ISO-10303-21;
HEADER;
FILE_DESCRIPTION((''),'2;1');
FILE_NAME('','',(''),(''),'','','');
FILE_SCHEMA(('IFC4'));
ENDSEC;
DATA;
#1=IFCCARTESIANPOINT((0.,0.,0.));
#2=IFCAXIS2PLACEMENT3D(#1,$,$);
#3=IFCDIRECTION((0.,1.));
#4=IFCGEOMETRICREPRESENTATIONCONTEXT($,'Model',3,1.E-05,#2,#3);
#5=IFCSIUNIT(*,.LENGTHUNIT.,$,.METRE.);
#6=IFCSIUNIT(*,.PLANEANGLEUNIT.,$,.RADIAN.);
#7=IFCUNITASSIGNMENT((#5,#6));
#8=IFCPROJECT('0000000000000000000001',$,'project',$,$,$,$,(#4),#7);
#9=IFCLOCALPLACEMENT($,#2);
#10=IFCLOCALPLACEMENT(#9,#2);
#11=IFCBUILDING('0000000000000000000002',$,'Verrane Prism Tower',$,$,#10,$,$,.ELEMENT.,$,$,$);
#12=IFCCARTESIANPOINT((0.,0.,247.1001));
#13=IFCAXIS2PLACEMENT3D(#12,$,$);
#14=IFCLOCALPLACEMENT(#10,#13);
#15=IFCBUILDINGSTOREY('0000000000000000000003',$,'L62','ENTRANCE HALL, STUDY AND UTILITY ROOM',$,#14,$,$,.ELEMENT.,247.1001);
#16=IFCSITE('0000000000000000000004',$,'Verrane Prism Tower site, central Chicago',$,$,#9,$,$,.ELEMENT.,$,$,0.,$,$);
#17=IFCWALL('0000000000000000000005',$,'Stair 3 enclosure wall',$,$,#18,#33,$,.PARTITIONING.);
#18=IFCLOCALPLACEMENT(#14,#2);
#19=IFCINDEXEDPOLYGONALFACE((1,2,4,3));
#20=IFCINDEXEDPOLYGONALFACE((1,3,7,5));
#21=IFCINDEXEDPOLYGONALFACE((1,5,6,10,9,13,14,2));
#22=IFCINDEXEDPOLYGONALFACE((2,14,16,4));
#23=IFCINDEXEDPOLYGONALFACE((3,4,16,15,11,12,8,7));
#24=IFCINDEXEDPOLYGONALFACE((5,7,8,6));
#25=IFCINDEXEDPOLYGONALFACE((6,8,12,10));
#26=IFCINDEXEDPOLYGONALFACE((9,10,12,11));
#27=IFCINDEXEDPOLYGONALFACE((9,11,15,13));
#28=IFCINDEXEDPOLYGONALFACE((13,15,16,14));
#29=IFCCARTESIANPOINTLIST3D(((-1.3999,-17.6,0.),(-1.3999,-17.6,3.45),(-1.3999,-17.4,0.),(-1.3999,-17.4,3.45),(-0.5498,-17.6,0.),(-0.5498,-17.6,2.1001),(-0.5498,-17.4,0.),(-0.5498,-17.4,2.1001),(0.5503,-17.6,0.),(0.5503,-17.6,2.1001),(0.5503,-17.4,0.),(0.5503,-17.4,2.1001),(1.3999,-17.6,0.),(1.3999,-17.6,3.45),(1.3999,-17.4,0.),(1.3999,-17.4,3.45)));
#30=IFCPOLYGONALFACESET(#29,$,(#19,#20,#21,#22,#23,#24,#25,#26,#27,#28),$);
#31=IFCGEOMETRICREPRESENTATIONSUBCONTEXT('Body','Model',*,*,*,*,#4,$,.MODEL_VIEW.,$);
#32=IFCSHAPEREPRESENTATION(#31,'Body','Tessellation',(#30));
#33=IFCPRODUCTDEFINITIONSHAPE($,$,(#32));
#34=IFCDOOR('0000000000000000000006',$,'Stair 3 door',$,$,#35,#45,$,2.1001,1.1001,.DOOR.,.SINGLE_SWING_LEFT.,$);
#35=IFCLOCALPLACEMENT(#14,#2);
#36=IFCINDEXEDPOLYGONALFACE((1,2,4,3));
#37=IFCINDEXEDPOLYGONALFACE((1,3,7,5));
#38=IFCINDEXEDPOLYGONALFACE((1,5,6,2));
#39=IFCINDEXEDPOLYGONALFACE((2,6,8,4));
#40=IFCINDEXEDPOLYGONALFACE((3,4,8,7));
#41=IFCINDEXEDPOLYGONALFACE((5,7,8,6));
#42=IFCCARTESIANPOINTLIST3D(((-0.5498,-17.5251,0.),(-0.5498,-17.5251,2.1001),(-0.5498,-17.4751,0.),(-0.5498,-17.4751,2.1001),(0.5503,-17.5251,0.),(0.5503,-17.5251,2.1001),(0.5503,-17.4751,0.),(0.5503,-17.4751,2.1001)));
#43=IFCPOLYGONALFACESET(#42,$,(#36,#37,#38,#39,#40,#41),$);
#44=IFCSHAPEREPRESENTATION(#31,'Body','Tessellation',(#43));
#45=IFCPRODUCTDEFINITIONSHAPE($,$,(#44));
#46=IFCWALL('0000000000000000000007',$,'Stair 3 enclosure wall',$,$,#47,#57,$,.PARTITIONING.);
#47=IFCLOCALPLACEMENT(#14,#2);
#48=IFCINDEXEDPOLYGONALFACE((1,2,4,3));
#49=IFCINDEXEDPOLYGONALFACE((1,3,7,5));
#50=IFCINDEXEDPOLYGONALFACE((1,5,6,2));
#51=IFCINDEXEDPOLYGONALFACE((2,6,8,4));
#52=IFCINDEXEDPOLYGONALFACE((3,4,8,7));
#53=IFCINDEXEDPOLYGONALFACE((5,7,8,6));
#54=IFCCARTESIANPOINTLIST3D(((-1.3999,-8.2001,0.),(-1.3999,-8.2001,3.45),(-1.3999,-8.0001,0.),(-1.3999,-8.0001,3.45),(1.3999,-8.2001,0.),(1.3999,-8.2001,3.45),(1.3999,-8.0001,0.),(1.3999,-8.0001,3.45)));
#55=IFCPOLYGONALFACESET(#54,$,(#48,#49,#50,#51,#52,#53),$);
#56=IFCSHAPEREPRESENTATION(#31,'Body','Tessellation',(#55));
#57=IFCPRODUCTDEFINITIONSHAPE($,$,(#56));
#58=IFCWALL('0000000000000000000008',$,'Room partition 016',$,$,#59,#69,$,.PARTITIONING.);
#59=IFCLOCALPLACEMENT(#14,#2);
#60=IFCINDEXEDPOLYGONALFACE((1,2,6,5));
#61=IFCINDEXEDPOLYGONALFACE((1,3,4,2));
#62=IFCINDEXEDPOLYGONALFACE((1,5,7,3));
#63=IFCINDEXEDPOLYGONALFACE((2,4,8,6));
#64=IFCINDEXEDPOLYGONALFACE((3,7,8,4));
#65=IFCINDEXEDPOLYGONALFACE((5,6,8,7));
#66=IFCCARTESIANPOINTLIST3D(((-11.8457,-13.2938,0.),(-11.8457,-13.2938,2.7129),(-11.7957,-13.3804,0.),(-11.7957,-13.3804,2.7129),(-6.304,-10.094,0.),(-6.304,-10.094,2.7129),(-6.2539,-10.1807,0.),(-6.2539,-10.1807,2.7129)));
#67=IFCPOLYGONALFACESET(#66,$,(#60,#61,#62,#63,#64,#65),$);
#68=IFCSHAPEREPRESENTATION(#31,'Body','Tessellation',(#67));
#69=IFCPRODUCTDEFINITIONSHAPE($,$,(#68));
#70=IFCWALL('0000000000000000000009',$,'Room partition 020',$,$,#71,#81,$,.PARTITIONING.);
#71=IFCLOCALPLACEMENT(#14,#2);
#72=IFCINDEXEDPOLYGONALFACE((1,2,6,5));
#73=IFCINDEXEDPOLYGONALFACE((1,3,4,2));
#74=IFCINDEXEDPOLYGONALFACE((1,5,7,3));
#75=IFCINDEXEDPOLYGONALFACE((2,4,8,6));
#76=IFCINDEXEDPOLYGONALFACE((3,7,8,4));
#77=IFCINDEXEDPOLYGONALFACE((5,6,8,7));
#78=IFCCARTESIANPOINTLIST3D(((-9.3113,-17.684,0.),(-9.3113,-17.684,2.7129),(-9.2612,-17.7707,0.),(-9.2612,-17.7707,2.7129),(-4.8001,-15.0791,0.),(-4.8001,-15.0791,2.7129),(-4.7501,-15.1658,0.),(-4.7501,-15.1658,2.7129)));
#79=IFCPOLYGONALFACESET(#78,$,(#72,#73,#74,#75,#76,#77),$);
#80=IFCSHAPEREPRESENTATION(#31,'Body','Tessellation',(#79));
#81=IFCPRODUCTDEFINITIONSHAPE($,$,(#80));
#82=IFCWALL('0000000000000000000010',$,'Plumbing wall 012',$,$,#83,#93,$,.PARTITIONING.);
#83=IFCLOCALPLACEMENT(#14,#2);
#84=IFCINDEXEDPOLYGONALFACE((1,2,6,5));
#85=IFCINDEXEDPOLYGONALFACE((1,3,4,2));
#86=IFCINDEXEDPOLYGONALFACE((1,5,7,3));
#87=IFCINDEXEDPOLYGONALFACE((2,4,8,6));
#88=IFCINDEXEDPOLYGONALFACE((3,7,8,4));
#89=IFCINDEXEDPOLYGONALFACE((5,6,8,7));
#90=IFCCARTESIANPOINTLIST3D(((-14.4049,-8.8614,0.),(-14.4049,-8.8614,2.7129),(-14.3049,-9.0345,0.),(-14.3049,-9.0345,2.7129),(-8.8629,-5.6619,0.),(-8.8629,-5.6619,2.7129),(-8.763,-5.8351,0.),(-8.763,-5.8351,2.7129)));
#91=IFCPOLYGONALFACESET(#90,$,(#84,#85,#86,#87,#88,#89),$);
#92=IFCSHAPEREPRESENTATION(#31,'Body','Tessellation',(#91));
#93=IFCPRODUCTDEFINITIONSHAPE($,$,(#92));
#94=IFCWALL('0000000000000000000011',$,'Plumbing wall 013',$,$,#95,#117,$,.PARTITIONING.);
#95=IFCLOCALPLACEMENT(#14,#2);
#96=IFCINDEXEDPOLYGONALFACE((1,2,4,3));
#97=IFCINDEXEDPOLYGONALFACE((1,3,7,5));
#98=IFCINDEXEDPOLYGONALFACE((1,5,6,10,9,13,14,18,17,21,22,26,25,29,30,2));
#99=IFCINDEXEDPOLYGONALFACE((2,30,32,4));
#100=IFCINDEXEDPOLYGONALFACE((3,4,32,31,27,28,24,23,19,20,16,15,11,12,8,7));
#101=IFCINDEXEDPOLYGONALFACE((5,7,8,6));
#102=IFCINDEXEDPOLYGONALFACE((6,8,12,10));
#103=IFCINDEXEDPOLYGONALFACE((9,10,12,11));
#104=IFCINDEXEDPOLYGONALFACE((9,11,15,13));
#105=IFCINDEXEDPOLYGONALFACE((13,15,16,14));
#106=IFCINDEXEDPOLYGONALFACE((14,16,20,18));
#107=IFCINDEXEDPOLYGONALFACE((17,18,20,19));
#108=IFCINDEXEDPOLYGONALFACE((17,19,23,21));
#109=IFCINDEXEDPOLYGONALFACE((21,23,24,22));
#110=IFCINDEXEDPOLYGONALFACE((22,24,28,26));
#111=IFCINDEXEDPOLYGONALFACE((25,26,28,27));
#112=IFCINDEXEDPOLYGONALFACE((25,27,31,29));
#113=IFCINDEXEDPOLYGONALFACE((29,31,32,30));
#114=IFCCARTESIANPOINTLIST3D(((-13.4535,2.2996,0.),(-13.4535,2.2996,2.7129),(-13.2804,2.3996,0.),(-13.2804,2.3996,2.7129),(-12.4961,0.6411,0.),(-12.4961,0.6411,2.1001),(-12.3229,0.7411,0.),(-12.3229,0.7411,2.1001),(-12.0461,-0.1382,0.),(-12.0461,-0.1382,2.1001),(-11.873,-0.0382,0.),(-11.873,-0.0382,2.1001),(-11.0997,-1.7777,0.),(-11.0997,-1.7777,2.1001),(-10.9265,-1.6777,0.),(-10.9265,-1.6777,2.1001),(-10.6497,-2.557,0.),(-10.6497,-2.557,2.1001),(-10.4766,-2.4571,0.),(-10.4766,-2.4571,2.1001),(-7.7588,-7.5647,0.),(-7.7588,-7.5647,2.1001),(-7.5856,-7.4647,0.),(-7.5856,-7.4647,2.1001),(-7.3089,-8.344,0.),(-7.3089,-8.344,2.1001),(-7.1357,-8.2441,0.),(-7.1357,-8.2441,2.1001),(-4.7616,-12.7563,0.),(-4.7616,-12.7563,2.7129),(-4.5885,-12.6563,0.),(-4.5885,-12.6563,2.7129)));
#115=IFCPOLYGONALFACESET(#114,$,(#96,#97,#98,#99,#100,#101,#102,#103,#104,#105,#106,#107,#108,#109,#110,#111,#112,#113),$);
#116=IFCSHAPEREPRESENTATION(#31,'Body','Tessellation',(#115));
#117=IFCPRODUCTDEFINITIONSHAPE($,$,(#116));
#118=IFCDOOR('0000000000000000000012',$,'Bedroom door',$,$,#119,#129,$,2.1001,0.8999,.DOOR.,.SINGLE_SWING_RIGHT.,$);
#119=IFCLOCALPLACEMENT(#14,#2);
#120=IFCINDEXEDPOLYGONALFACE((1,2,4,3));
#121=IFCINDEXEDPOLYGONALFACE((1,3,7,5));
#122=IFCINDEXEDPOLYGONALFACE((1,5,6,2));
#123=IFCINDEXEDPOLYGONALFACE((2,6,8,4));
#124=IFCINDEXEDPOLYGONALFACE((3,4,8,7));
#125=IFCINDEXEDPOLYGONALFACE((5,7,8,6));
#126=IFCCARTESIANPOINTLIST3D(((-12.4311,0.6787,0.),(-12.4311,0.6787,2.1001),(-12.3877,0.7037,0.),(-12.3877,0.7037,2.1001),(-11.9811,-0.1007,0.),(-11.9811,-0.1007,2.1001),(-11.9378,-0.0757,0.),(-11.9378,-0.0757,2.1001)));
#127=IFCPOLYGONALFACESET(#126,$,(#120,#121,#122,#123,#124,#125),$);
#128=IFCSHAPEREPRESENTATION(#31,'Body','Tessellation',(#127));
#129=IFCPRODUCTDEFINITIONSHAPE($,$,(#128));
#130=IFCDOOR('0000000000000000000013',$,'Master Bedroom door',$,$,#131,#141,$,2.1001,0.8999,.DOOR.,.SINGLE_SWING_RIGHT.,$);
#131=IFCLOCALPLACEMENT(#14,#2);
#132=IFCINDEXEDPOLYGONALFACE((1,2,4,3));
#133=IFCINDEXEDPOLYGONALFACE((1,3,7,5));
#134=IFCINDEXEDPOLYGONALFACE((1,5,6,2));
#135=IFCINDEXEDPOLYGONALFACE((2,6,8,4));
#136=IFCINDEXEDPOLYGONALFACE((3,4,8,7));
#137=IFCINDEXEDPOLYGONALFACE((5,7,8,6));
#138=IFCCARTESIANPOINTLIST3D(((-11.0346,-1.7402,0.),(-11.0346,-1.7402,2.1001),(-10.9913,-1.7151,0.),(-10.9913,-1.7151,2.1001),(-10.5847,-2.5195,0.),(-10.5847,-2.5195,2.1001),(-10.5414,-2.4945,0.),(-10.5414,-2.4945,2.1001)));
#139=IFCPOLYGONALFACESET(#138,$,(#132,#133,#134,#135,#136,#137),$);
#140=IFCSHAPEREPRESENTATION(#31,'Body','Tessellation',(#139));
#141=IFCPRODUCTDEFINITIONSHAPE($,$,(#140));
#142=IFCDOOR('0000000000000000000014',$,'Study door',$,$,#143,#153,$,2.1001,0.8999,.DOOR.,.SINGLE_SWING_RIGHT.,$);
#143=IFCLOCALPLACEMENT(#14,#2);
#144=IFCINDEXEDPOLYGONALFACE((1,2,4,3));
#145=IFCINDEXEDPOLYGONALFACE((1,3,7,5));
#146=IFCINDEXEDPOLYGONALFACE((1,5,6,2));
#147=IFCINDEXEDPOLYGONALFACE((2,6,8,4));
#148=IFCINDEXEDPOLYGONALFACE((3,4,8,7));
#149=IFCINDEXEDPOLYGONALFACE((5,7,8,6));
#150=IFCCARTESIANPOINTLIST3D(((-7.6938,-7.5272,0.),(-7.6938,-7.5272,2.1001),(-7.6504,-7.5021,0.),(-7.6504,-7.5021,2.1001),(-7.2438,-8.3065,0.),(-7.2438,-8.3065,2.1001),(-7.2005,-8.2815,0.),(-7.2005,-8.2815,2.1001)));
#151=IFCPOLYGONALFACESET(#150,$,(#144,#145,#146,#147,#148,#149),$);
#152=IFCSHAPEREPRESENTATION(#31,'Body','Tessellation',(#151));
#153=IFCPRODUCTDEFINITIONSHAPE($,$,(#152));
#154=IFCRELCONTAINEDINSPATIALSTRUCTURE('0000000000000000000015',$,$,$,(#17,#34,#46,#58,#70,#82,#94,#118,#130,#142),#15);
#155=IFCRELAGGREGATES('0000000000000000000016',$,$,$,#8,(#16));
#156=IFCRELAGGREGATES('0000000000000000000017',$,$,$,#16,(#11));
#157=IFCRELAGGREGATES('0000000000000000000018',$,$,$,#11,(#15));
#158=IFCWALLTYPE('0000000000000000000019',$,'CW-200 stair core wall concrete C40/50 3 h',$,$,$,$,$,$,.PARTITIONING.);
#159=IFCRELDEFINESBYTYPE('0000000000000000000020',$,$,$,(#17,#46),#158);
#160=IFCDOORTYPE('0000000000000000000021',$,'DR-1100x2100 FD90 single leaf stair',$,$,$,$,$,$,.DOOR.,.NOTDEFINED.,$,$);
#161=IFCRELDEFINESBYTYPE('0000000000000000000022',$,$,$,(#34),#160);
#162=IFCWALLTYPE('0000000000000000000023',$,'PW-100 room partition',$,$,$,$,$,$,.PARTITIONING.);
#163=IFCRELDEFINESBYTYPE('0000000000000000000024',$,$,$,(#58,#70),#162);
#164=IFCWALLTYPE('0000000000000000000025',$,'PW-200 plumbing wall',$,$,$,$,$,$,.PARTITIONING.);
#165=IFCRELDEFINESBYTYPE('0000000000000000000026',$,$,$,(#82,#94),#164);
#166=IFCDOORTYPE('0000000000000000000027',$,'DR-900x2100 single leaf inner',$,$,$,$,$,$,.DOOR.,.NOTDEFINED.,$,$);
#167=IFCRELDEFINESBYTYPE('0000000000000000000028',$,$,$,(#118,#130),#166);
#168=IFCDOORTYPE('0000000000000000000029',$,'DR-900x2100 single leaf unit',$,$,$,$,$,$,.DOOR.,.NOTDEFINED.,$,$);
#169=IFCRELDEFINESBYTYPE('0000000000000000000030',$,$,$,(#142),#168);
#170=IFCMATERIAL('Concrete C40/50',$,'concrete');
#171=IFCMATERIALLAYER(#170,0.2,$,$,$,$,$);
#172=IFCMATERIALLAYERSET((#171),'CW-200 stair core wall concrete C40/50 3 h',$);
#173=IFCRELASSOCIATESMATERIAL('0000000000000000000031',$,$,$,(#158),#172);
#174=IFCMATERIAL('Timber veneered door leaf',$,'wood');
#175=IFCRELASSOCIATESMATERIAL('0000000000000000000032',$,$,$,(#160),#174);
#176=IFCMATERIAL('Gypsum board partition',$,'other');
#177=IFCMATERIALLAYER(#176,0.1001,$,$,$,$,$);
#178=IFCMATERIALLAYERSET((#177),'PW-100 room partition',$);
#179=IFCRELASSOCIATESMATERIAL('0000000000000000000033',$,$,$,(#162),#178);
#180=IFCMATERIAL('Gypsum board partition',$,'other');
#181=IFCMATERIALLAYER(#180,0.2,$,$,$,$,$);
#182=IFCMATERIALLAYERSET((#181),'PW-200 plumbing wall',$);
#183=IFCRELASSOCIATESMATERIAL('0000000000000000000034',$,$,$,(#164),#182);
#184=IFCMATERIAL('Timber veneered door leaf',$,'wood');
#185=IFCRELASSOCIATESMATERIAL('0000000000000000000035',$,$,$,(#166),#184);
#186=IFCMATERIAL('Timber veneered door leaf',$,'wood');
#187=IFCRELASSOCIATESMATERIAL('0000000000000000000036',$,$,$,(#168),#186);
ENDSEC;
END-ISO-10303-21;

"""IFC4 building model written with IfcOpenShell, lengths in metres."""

from ifc_helpers import new_model, si_unit, direction, frame, frame_2d, origin, place, context, subcontext, project, spatial, rectangle, extrude, material, layer, layer_set, type_object, element, fill, save


model = new_model("IFC4")

# Units and contexts
model_context = context("Model", 3, precision=1e-05, world=origin(), true_north=direction((0.0, 1.0)))
body_context = subcontext(model_context, "Body", "Model", "MODEL_VIEW")
ifc_project = project(units=[si_unit("LENGTHUNIT", "METRE"), si_unit("PLANEANGLEUNIT", "RADIAN")], contexts=[model_context])

# Site, building, storey
site_placement = place(None, origin())
site = spatial("IfcSite", under=ifc_project, at=site_placement, Name="Verrane Prism Tower site, central Chicago", CompositionType="ELEMENT", RefElevation=0.0)
building_placement = place(site_placement, origin())
building = spatial("IfcBuilding", under=site, at=building_placement, Name="Verrane Prism Tower", CompositionType="ELEMENT")
storey_placement = place(building_placement, frame((0.0, 0.0, 247.1001)))
storey = spatial("IfcBuildingStorey", under=building, at=storey_placement, Name="L62", Description="ENTRANCE HALL, STUDY AND UTILITY ROOM", CompositionType="ELEMENT", Elevation=247.1001)

# Wall, opening, door
ifc_material_1 = material(Name="Concrete C40/50", Category="concrete")
ifc_layer_1 = layer(ifc_material_1, 0.2)
ifc_layer_set_1 = layer_set([ifc_layer_1], Name="CW-200 stair core wall concrete C40/50 3 h")
wall_type_1 = type_object("IfcWallType", Name="CW-200 stair core wall concrete C40/50 3 h", PredefinedType="PARTITIONING", material=ifc_layer_set_1)
wall_1_placement = place(storey_placement, frame((-1.3999, -17.5, 0.0), z_axis=(0.0, 0.0, 1.0), x_axis=(1.0, 0.0, 0.0)))
wall_1 = element("IfcWall", 1, at=wall_1_placement, inside=storey, type_object=wall_type_1, Name="Stair 3 enclosure wall", PredefinedType="PARTITIONING", context=body_context, shape_type="SweptSolid", body=[
    extrude(rectangle(XDim=2.7998, YDim=0.2, at=frame_2d((1.3999, 0.0))), origin(), (0.0, 0.0, 1.0), 3.45),
])
opening_1_placement = place(wall_1_placement, frame((0.8501, 0.0, 0.0)))
opening_1 = element("IfcOpeningElement", 2, at=opening_1_placement, cuts=wall_1, PredefinedType="OPENING", context=body_context, shape_type="SweptSolid", body=[
    extrude(rectangle(XDim=1.1001, YDim=2.1001, at=frame_2d((0.55, 1.05))), frame((0.0, 0.1099, 0.0), z_axis=(0.0, -1.0, 0.0), x_axis=(1.0, 0.0, 0.0)), (0.0, 0.0, 1.0), 0.22),
])
ifc_material_2 = material(Name="Timber veneered door leaf", Category="wood")
door_type_1 = type_object("IfcDoorType", Name="DR-1100x2100 FD90 single leaf stair", OperationType="NOTDEFINED", PredefinedType="DOOR", material=ifc_material_2)
door_1_placement = place(opening_1_placement, origin())
door_1 = element("IfcDoor", 3, at=door_1_placement, inside=storey, type_object=door_type_1, Name="Stair 3 door", OperationType="SINGLE_SWING_LEFT", OverallHeight=2.1001, OverallWidth=1.1001, PredefinedType="DOOR", context=body_context, shape_type="SweptSolid", body=[
    extrude(rectangle(XDim=1.1001, YDim=2.1001, at=frame_2d((0.55, 1.05))), frame((0.0, 0.0249, 0.0), z_axis=(0.0, -1.0, 0.0), x_axis=(1.0, 0.0, 0.0)), (0.0, 0.0, 1.0), 0.05),
])
fill(opening_1, door_1)

# Walls
wall_2_placement = place(storey_placement, frame((-1.3999, -8.1001, 0.0), z_axis=(0.0, 0.0, 1.0), x_axis=(1.0, 0.0, 0.0)))
element("IfcWall", 4, at=wall_2_placement, inside=storey, type_object=wall_type_1, Name="Stair 3 enclosure wall", PredefinedType="PARTITIONING", context=body_context, shape_type="SweptSolid", body=[
    extrude(rectangle(XDim=2.7998, YDim=0.2, at=frame_2d((1.3999, 0.0))), origin(), (0.0, 0.0, 1.0), 3.45),
])
ifc_material_3 = material(Name="Gypsum board partition", Category="other")
ifc_layer_2 = layer(ifc_material_3, 0.1001)
ifc_layer_set_2 = layer_set([ifc_layer_2], Name="PW-100 room partition")
wall_type_2 = type_object("IfcWallType", Name="PW-100 room partition", PredefinedType="PARTITIONING", material=ifc_layer_set_2)
wall_3_placement = place(storey_placement, frame((-11.8208, -13.3372, 0.0), z_axis=(0.0, 0.0, 1.0), x_axis=(0.866013, 0.500021, 0.0)))
element("IfcWall", 5, at=wall_3_placement, inside=storey, type_object=wall_type_2, Name="Room partition 016", PredefinedType="PARTITIONING", context=body_context, shape_type="SweptSolid", body=[
    extrude(rectangle(XDim=6.3992, YDim=0.1001, at=frame_2d((3.1997, 0.0))), origin(), (0.0, 0.0, 1.0), 2.7129),
])
wall_4_placement = place(storey_placement, frame((-9.2861, -17.7273, 0.0), z_axis=(0.0, 0.0, 1.0), x_axis=(0.86599, 0.500061, 0.0)))
element("IfcWall", 6, at=wall_4_placement, inside=storey, type_object=wall_type_2, Name="Room partition 020", PredefinedType="PARTITIONING", context=body_context, shape_type="SweptSolid", body=[
    extrude(rectangle(XDim=5.2092, YDim=0.1001, at=frame_2d((2.6045, 0.0))), origin(), (0.0, 0.0, 1.0), 2.7129),
])
ifc_material_4 = material(Name="Gypsum board partition", Category="other")
ifc_layer_3 = layer(ifc_material_4, 0.2)
ifc_layer_set_3 = layer_set([ifc_layer_3], Name="PW-200 plumbing wall")
wall_type_3 = type_object("IfcWallType", Name="PW-200 plumbing wall", PredefinedType="PARTITIONING", material=ifc_layer_set_3)
wall_5_placement = place(storey_placement, frame((-14.355, -8.948, 0.0), z_axis=(0.0, 0.0, 1.0), x_axis=(0.866039, 0.499976, 0.0)))
element("IfcWall", 7, at=wall_5_placement, inside=storey, type_object=wall_type_3, Name="Plumbing wall 012", PredefinedType="PARTITIONING", context=body_context, shape_type="SweptSolid", body=[
    extrude(rectangle(XDim=6.3992, YDim=0.2, at=frame_2d((3.1997, 0.0))), origin(), (0.0, 0.0, 1.0), 2.7129),
])

# Wall, openings, doors
wall_6_placement = place(storey_placement, frame((-4.675, -12.7063, 0.0), z_axis=(0.0, 0.0, 1.0), x_axis=(-0.499972, 0.866041, 0.0)))
wall_6 = element("IfcWall", 8, at=wall_6_placement, inside=storey, type_object=wall_type_3, Name="Plumbing wall 013", PredefinedType="PARTITIONING", context=body_context, shape_type="SweptSolid", body=[
    extrude(rectangle(XDim=17.3848, YDim=0.2, at=frame_2d((8.6924, 0.0))), origin(), (0.0, 0.0, 1.0), 2.7129),
])
opening_2_placement = place(wall_6_placement, frame((14.5698, 0.0, 0.0)))
opening_2 = element("IfcOpeningElement", 9, at=opening_2_placement, cuts=wall_6, PredefinedType="OPENING", context=body_context, shape_type="SweptSolid", body=[
    extrude(rectangle(XDim=0.8999, YDim=2.1001, at=frame_2d((0.45, 1.05))), frame((0.0, 0.1099, 0.0), z_axis=(0.0, -1.0, 0.0), x_axis=(1.0, 0.0, 0.0)), (0.0, 0.0, 1.0), 0.22),
])
opening_3_placement = place(wall_6_placement, frame((11.7769, 0.0, 0.0)))
opening_3 = element("IfcOpeningElement", 10, at=opening_3_placement, cuts=wall_6, PredefinedType="OPENING", context=body_context, shape_type="SweptSolid", body=[
    extrude(rectangle(XDim=0.8999, YDim=2.1001, at=frame_2d((0.45, 1.05))), frame((0.0, 0.1099, 0.0), z_axis=(0.0, -1.0, 0.0), x_axis=(1.0, 0.0, 0.0)), (0.0, 0.0, 1.0), 0.22),
])
opening_4_placement = place(wall_6_placement, frame((5.0947, 0.0, 0.0)))
opening_4 = element("IfcOpeningElement", 11, at=opening_4_placement, cuts=wall_6, PredefinedType="OPENING", context=body_context, shape_type="SweptSolid", body=[
    extrude(rectangle(XDim=0.8999, YDim=2.1001, at=frame_2d((0.45, 1.05))), frame((0.0, 0.1099, 0.0), z_axis=(0.0, -1.0, 0.0), x_axis=(1.0, 0.0, 0.0)), (0.0, 0.0, 1.0), 0.22),
])
ifc_material_5 = material(Name="Timber veneered door leaf", Category="wood")
door_type_2 = type_object("IfcDoorType", Name="DR-900x2100 single leaf inner", OperationType="NOTDEFINED", PredefinedType="DOOR", material=ifc_material_5)
door_2_placement = place(opening_2_placement, origin())
door_2 = element("IfcDoor", 12, at=door_2_placement, inside=storey, type_object=door_type_2, Name="Bedroom door", OperationType="SINGLE_SWING_RIGHT", OverallHeight=2.1001, OverallWidth=0.8999, PredefinedType="DOOR", context=body_context, shape_type="SweptSolid", body=[
    extrude(rectangle(XDim=0.8999, YDim=2.1001, at=frame_2d((0.45, 1.05))), frame((0.0, 0.0249, 0.0), z_axis=(0.0, -1.0, 0.0), x_axis=(1.0, 0.0, 0.0)), (0.0, 0.0, 1.0), 0.05),
])
fill(opening_2, door_2)
door_3_placement = place(opening_3_placement, origin())
door_3 = element("IfcDoor", 13, at=door_3_placement, inside=storey, type_object=door_type_2, Name="Master Bedroom door", OperationType="SINGLE_SWING_RIGHT", OverallHeight=2.1001, OverallWidth=0.8999, PredefinedType="DOOR", context=body_context, shape_type="SweptSolid", body=[
    extrude(rectangle(XDim=0.8999, YDim=2.1001, at=frame_2d((0.45, 1.05))), frame((0.0, 0.0249, 0.0), z_axis=(0.0, -1.0, 0.0), x_axis=(1.0, 0.0, 0.0)), (0.0, 0.0, 1.0), 0.05),
])
fill(opening_3, door_3)
ifc_material_6 = material(Name="Timber veneered door leaf", Category="wood")
door_type_3 = type_object("IfcDoorType", Name="DR-900x2100 single leaf unit", OperationType="NOTDEFINED", PredefinedType="DOOR", material=ifc_material_6)
door_4_placement = place(opening_4_placement, origin())
door_4 = element("IfcDoor", 14, at=door_4_placement, inside=storey, type_object=door_type_3, Name="Study door", OperationType="SINGLE_SWING_RIGHT", OverallHeight=2.1001, OverallWidth=0.8999, PredefinedType="DOOR", context=body_context, shape_type="SweptSolid", body=[
    extrude(rectangle(XDim=0.8999, YDim=2.1001, at=frame_2d((0.45, 1.05))), frame((0.0, 0.0249, 0.0), z_axis=(0.0, -1.0, 0.0), x_axis=(1.0, 0.0, 0.0)), (0.0, 0.0, 1.0), 0.05),
])
fill(opening_4, door_4)

save(model, "model.ifc")
